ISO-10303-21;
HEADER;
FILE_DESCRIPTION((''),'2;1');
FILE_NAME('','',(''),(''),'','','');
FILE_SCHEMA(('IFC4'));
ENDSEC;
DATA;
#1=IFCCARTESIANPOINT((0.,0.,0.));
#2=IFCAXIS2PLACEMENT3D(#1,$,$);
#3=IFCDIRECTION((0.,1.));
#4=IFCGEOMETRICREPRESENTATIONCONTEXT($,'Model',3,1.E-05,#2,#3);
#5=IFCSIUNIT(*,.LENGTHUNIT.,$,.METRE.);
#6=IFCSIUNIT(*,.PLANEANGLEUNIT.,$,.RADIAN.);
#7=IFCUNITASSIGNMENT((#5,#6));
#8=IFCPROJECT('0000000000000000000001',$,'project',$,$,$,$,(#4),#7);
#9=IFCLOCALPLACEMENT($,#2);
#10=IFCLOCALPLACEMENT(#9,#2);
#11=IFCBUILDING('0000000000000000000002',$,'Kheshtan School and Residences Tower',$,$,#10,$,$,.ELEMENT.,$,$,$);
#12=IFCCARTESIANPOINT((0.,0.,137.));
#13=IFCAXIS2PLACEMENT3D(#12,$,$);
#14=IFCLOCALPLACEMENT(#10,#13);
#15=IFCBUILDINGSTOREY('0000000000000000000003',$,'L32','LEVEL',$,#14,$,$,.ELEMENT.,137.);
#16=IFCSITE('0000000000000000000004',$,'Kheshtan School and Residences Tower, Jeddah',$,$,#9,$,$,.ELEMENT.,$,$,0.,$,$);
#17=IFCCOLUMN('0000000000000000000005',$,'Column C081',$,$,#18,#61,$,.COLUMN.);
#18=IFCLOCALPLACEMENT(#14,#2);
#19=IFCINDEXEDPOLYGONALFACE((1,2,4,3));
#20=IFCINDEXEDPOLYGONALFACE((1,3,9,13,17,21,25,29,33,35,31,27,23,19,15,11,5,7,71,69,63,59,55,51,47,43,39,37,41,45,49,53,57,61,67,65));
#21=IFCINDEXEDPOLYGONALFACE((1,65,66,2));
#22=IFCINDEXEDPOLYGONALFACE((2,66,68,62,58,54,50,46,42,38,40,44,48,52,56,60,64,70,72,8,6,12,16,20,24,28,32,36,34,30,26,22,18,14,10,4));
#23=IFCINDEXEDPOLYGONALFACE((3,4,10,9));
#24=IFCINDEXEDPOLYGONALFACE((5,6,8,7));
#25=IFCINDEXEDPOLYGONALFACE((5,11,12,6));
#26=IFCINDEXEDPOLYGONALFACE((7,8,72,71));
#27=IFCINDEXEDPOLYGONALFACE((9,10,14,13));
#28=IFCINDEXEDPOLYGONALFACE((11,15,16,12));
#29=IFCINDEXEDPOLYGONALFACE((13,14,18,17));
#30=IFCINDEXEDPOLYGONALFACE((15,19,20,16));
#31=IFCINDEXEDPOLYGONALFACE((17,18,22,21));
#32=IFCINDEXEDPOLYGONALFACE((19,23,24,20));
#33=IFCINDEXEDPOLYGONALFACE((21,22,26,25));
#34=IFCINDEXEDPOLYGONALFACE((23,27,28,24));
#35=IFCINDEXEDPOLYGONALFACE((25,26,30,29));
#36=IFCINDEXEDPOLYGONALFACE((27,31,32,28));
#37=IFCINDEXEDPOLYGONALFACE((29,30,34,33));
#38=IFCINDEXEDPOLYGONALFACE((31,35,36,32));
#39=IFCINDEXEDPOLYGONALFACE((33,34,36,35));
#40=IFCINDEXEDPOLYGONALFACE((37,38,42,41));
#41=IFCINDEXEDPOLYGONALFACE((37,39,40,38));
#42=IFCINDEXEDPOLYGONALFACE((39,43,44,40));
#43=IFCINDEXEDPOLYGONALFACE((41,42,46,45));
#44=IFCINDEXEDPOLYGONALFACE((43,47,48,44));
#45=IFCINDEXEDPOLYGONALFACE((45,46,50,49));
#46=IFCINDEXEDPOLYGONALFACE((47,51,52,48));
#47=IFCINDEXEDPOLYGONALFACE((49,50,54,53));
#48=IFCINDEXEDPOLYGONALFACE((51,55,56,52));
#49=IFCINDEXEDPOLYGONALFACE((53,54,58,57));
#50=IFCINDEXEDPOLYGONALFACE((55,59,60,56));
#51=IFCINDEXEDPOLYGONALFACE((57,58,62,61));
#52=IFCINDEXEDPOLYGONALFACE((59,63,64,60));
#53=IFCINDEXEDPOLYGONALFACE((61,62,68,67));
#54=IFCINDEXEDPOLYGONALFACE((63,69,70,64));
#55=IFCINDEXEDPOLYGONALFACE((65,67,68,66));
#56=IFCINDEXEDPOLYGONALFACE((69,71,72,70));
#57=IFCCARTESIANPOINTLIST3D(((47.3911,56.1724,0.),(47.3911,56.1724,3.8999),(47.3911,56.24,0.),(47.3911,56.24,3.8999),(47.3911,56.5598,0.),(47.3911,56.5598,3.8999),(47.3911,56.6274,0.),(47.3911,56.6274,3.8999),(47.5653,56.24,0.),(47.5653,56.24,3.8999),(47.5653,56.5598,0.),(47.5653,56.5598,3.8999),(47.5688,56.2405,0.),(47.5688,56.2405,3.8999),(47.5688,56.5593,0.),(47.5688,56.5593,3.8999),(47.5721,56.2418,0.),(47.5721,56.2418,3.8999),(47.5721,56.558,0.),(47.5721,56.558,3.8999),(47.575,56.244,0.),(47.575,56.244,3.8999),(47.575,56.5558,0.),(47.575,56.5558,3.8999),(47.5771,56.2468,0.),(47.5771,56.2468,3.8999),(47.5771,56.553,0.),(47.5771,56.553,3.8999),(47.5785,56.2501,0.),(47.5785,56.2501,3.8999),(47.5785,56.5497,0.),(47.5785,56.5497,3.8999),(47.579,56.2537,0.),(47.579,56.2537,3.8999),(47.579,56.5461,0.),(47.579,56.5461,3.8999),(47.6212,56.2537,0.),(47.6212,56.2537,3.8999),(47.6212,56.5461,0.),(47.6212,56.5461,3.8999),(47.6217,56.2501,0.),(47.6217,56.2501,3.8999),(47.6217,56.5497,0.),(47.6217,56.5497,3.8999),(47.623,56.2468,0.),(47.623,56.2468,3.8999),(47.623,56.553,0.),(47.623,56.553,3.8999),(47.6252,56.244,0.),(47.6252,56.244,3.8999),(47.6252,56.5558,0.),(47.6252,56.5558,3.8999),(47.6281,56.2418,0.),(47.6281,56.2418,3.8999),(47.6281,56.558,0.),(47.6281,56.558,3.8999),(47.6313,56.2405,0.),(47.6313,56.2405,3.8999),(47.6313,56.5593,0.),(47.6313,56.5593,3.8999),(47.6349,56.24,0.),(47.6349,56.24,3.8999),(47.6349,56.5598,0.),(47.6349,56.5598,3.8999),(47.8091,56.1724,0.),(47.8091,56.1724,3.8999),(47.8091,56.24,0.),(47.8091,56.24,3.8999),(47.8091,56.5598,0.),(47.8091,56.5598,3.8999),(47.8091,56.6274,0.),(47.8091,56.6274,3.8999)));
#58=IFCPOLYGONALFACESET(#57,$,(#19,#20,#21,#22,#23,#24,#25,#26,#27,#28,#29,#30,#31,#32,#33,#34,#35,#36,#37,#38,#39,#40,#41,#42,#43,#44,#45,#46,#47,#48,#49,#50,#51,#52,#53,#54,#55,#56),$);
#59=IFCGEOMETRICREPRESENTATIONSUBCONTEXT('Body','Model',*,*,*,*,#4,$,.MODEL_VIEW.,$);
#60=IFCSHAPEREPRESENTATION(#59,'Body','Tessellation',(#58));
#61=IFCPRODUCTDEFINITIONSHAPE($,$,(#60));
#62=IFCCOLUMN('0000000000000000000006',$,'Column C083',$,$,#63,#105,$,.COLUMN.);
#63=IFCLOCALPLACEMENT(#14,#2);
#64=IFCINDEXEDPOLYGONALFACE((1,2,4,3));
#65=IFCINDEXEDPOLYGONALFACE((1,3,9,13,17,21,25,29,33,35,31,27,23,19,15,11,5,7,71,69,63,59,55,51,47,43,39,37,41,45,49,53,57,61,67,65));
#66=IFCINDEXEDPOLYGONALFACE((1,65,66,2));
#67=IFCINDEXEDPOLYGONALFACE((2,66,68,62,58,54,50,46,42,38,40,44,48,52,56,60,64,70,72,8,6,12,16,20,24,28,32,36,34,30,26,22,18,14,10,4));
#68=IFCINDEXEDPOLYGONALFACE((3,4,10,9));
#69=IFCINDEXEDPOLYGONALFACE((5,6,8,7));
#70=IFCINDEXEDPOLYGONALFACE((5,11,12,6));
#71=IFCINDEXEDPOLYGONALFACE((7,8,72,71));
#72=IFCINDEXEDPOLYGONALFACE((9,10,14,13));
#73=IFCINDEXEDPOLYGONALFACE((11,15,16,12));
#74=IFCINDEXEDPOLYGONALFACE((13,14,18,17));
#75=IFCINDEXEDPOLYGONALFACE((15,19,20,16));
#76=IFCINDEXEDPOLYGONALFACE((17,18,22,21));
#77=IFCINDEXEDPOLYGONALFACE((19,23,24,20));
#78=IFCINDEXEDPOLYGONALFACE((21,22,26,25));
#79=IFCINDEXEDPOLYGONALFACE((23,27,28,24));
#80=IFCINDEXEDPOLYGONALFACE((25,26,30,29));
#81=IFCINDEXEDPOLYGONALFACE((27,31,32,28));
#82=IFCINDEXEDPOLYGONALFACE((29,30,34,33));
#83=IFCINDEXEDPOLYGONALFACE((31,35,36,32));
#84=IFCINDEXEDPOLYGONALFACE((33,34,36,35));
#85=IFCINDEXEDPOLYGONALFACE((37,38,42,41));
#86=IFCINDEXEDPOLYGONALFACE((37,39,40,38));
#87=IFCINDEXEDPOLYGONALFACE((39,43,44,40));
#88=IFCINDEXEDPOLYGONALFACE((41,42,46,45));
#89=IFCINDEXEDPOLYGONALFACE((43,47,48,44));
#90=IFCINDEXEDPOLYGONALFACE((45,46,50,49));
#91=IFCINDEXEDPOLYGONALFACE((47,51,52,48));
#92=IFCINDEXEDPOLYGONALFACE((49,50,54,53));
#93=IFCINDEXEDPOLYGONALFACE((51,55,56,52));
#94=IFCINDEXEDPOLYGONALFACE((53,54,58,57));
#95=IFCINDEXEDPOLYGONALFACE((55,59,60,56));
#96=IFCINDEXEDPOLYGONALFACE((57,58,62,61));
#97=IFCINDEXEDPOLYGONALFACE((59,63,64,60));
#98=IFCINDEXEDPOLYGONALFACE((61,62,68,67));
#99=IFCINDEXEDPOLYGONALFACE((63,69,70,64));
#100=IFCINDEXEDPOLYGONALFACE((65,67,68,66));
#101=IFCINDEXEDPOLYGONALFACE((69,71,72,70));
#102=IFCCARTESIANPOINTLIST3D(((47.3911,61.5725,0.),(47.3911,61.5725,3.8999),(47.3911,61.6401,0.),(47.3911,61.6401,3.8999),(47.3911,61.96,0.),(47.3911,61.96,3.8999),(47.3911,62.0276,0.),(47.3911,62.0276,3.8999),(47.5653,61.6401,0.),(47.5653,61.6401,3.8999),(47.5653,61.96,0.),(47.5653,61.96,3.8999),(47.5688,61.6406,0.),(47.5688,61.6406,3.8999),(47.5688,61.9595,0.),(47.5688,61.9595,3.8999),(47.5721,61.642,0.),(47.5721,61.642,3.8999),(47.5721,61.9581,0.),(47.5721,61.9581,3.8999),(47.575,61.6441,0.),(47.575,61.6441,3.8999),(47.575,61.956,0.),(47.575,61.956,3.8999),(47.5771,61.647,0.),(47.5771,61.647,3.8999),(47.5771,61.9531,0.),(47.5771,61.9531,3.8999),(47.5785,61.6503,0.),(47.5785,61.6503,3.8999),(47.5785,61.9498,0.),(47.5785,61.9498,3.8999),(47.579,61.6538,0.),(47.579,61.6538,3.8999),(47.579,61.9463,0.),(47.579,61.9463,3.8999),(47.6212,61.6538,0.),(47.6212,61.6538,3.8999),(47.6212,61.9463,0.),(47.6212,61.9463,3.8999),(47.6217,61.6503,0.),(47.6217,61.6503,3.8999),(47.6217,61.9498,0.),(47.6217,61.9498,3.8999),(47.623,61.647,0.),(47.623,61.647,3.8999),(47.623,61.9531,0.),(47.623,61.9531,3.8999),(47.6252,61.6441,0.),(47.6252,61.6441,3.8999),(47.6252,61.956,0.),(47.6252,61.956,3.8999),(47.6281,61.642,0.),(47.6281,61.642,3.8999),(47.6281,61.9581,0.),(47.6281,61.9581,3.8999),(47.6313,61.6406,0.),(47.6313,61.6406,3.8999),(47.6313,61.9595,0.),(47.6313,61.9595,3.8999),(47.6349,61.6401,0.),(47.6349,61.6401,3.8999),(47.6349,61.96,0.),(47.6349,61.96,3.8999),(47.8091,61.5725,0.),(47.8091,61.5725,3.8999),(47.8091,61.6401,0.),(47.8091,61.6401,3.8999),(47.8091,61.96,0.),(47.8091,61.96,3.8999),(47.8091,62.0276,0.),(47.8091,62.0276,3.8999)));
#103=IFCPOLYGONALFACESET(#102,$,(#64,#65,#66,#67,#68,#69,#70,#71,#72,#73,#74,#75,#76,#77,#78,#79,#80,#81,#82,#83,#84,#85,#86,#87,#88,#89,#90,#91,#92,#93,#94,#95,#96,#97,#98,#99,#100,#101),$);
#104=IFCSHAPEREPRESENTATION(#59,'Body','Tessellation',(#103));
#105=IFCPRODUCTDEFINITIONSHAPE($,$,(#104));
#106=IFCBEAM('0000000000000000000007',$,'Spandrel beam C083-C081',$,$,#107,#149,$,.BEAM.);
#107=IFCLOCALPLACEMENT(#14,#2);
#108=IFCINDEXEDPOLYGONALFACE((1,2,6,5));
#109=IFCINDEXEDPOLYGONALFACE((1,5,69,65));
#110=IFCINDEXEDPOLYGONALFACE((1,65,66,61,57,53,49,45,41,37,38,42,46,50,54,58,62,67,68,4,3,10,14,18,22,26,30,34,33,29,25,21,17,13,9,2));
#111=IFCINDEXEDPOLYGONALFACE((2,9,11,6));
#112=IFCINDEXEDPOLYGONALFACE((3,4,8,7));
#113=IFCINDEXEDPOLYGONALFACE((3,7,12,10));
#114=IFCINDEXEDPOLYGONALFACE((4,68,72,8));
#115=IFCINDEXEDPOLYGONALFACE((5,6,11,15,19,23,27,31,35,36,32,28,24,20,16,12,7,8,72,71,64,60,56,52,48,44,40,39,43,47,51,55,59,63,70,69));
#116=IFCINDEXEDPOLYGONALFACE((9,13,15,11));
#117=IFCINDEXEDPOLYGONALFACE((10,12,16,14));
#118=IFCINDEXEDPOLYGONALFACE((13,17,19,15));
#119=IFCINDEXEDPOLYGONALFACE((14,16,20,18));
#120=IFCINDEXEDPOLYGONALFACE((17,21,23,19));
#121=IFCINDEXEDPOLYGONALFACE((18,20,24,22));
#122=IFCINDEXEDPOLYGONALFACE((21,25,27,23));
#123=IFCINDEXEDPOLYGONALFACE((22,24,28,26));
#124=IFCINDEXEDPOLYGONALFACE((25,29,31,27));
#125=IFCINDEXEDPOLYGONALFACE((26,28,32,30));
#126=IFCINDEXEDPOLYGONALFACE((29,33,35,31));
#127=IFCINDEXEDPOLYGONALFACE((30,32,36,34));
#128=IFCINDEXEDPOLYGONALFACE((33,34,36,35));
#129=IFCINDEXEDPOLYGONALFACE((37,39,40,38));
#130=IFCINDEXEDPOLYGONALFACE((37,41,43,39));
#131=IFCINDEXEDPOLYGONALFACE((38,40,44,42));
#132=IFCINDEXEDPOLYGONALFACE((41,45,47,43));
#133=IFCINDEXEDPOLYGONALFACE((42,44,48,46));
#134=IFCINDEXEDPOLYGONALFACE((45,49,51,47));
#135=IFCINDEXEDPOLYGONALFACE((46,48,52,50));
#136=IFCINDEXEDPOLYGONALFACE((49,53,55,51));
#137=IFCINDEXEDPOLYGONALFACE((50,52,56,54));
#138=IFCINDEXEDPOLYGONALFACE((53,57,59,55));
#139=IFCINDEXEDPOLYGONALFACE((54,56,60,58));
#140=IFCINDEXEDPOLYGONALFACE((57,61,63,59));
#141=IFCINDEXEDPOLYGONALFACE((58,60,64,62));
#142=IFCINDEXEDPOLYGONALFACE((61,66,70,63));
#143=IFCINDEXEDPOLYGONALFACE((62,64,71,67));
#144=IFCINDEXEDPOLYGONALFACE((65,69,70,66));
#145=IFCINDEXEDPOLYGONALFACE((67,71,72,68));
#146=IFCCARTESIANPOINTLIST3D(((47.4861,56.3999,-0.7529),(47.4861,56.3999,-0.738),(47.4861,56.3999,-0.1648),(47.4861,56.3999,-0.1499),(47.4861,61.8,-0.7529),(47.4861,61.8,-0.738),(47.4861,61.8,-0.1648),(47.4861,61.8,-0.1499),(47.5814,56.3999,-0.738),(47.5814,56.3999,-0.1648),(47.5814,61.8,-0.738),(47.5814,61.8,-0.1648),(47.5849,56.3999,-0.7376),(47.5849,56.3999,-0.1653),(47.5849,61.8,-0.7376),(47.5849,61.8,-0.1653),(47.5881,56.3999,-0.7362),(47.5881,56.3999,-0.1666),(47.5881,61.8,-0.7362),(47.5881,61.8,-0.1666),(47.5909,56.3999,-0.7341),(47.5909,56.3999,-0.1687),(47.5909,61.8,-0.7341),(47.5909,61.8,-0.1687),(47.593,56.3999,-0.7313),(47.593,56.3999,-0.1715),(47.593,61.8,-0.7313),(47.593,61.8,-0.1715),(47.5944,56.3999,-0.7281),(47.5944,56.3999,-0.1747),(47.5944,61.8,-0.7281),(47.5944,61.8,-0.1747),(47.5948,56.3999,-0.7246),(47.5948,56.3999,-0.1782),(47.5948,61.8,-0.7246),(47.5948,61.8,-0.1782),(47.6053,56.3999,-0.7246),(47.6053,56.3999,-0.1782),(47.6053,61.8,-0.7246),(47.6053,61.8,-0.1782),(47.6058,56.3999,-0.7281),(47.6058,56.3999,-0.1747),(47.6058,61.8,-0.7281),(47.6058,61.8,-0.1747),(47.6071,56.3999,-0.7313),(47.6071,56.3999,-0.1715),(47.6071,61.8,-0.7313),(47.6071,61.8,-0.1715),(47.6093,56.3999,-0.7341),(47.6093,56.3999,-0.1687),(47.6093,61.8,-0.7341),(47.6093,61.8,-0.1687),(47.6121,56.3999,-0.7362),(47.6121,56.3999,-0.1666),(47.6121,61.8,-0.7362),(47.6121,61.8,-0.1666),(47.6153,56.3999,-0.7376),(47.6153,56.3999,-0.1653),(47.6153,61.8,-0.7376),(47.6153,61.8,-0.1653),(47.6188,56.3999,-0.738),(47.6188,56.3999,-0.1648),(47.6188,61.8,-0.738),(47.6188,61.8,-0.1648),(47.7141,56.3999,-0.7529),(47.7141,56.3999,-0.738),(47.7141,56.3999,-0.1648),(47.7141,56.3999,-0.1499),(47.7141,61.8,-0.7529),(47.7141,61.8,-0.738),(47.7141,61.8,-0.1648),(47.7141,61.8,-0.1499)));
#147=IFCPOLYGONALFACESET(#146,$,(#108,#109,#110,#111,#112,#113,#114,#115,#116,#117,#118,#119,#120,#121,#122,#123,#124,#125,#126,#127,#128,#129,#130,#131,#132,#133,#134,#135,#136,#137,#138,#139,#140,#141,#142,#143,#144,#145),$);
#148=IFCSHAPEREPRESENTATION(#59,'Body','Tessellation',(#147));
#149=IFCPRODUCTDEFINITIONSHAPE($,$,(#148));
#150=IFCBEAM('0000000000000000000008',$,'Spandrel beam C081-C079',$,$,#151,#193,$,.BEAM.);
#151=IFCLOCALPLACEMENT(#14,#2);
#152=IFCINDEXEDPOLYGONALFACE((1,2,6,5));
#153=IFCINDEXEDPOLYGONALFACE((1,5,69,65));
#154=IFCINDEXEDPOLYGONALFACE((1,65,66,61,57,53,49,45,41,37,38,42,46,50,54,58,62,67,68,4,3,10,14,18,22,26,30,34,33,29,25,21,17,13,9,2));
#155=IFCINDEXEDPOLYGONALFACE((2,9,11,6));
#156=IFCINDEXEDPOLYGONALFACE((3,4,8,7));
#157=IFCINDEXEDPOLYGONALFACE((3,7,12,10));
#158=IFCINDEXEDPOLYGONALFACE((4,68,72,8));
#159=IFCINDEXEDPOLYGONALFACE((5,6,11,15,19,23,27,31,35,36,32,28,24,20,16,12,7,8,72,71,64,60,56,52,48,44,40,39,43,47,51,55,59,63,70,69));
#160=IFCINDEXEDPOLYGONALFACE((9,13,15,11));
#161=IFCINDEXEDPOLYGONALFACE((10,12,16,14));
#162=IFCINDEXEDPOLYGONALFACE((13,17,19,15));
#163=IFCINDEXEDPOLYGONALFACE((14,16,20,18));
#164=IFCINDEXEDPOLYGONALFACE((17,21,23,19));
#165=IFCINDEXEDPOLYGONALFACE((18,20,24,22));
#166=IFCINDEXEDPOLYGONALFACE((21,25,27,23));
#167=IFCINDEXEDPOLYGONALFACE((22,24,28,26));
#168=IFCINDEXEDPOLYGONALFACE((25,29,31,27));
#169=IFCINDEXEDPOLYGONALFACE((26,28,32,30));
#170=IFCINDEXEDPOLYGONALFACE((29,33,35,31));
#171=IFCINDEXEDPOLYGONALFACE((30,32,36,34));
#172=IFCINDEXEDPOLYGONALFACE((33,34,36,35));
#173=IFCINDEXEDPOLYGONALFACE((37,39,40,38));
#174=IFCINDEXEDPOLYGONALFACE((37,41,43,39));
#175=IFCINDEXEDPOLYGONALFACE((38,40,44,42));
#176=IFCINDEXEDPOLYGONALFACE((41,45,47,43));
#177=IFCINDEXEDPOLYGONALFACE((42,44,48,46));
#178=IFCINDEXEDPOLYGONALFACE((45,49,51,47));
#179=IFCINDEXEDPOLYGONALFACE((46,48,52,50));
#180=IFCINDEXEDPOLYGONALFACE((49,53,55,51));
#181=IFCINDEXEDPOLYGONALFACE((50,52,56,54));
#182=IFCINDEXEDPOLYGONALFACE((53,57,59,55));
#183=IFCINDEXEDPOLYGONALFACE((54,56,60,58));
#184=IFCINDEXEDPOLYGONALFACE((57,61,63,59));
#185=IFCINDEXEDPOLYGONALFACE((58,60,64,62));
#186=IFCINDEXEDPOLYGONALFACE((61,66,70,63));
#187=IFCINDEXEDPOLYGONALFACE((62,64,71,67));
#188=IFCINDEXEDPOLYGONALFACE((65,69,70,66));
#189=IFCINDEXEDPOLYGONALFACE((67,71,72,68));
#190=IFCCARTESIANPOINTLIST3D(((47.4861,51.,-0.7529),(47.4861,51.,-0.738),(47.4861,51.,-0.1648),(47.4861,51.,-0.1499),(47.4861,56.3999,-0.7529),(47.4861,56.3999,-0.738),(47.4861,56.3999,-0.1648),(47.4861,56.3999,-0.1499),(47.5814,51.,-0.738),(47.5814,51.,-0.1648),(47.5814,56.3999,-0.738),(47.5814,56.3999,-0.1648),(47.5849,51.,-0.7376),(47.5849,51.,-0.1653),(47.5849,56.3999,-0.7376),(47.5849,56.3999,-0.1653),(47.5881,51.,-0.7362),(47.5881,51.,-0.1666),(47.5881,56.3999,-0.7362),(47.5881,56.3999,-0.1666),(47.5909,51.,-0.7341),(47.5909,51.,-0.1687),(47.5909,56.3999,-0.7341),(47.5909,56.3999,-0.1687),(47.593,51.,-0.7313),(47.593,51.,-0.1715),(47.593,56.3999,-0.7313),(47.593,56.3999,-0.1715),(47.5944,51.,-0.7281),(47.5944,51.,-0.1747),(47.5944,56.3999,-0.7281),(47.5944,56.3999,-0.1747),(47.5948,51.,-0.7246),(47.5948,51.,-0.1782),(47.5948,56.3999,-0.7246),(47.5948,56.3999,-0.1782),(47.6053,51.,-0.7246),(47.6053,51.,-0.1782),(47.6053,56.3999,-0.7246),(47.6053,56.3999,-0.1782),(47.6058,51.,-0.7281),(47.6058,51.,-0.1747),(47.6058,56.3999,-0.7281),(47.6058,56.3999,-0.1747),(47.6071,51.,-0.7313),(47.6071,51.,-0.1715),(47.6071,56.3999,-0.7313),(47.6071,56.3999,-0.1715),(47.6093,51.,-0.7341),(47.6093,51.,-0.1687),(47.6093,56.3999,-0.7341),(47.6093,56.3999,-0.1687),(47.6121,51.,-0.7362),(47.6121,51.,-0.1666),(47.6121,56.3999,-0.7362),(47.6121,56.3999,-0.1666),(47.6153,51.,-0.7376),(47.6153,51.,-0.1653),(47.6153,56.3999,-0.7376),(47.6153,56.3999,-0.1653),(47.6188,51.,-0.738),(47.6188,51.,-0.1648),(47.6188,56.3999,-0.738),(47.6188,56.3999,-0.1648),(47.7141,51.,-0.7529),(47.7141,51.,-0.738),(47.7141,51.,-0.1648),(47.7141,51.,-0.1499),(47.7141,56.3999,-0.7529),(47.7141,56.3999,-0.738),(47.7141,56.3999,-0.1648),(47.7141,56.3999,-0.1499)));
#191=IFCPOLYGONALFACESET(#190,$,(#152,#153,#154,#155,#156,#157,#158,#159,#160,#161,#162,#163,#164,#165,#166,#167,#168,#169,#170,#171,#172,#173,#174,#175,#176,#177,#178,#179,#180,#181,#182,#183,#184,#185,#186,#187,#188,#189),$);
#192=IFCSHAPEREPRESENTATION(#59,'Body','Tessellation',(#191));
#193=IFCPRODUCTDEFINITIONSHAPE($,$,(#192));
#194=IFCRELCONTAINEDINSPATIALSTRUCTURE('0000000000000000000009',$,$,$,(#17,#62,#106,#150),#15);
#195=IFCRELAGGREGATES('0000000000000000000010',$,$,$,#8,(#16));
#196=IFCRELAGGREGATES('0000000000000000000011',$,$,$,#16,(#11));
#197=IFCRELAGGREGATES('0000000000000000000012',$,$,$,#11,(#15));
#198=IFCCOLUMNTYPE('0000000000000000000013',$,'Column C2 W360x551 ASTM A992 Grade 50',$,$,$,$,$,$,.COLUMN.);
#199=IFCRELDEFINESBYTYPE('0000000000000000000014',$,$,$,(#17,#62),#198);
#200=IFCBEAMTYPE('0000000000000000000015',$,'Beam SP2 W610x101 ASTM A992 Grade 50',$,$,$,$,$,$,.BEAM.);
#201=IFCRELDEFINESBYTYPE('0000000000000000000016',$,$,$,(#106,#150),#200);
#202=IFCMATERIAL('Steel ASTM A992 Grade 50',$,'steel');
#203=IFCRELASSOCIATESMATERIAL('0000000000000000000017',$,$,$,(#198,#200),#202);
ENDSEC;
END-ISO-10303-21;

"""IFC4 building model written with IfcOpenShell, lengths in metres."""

from ifc_helpers import new_model, si_unit, direction, frame, origin, origin_2d, place, context, subcontext, project, spatial, i_section, extrude, material, material_profile, profile_set, type_object, element, save


model = new_model("IFC4")

# Units and contexts
model_context = context("Model", 3, precision=1e-05, world=origin(), true_north=direction((0.0, 1.0)))
body_context = subcontext(model_context, "Body", "Model", "MODEL_VIEW")
ifc_project = project(units=[si_unit("LENGTHUNIT", "METRE"), si_unit("PLANEANGLEUNIT", "RADIAN")], contexts=[model_context])

# Site, building, storey
site_placement = place(None, origin())
site = spatial("IfcSite", under=ifc_project, at=site_placement, Name="Kheshtan School and Residences Tower, Jeddah", CompositionType="ELEMENT", RefElevation=0.0)
building_placement = place(site_placement, origin())
building = spatial("IfcBuilding", under=site, at=building_placement, Name="Kheshtan School and Residences Tower", CompositionType="ELEMENT")
storey_placement = place(building_placement, frame((0.0, 0.0, 137.0)))
storey = spatial("IfcBuildingStorey", under=building, at=storey_placement, Name="L32", Description="LEVEL", CompositionType="ELEMENT", Elevation=137.0)

# Columns
ifc_material_1 = material(Name="Steel ASTM A992 Grade 50", Category="steel")
ifc_material_profile_1 = material_profile(ifc_material_1, i_section(OverallWidth=0.418, OverallDepth=0.4551, WebThickness=0.0422, FlangeThickness=0.0676, FilletRadius=0.0137, at=origin_2d()), Name="W360x551")
ifc_profile_set_1 = profile_set([ifc_material_profile_1], Name="Steel ASTM A992 Grade 50")
column_type = type_object("IfcColumnType", Name="Column C2 W360x551 ASTM A992 Grade 50", PredefinedType="COLUMN", material=ifc_profile_set_1)
for number, where, z_axis, x_axis, name in (
    (1, (47.6001, 56.3999, 0.0), (0.0, 0.0, 1.0), (1.0, 0.0, 0.0), "Column C081"),
    (2, (47.6001, 61.8, 0.0), (0.0, 0.0, 1.0), (1.0, 0.0, 0.0), "Column C083"),
):
    element("IfcColumn", number, at=place(storey_placement, frame(where, z_axis=z_axis, x_axis=x_axis)), inside=storey, type_object=column_type, Name=name, PredefinedType="COLUMN", context=body_context, shape_type="SweptSolid", body=[
        extrude(i_section(OverallWidth=0.418, OverallDepth=0.4551, WebThickness=0.0422, FlangeThickness=0.0676, FilletRadius=0.0137, at=origin_2d()), origin(), (0.0, 0.0, 1.0), 3.8999),
    ])

# Beams
ifc_material_profile_2 = material_profile(ifc_material_1, i_section(OverallWidth=0.228, OverallDepth=0.603, WebThickness=0.0105, FlangeThickness=0.0149, FilletRadius=0.0134, at=origin_2d()), Name="W610x101")
ifc_profile_set_2 = profile_set([ifc_material_profile_2], Name="Steel ASTM A992 Grade 50")
beam_type = type_object("IfcBeamType", Name="Beam SP2 W610x101 ASTM A992 Grade 50", PredefinedType="BEAM", material=ifc_profile_set_2)
beam_1_placement = place(storey_placement, frame((47.6001, 61.8, -0.4514), z_axis=(0.0, -1.0, 0.0), x_axis=(1.0, 0.0, 0.0)))
element("IfcBeam", 3, at=beam_1_placement, inside=storey, type_object=beam_type, Name="Spandrel beam C083-C081", PredefinedType="BEAM", context=body_context, shape_type="SweptSolid", body=[
    extrude(i_section(OverallWidth=0.228, OverallDepth=0.603, WebThickness=0.0105, FlangeThickness=0.0149, FilletRadius=0.0134, at=origin_2d()), origin(), (0.0, 0.0, 1.0), 5.4001),
])
beam_2_placement = place(storey_placement, frame((47.6001, 56.3999, -0.4514), z_axis=(0.0, -1.0, 0.0), x_axis=(1.0, 0.0, 0.0)))
element("IfcBeam", 4, at=beam_2_placement, inside=storey, type_object=beam_type, Name="Spandrel beam C081-C079", PredefinedType="BEAM", context=body_context, shape_type="SweptSolid", body=[
    extrude(i_section(OverallWidth=0.228, OverallDepth=0.603, WebThickness=0.0105, FlangeThickness=0.0149, FilletRadius=0.0134, at=origin_2d()), origin(), (0.0, 0.0, 1.0), 5.3999),
])

save(model, "model.ifc")
